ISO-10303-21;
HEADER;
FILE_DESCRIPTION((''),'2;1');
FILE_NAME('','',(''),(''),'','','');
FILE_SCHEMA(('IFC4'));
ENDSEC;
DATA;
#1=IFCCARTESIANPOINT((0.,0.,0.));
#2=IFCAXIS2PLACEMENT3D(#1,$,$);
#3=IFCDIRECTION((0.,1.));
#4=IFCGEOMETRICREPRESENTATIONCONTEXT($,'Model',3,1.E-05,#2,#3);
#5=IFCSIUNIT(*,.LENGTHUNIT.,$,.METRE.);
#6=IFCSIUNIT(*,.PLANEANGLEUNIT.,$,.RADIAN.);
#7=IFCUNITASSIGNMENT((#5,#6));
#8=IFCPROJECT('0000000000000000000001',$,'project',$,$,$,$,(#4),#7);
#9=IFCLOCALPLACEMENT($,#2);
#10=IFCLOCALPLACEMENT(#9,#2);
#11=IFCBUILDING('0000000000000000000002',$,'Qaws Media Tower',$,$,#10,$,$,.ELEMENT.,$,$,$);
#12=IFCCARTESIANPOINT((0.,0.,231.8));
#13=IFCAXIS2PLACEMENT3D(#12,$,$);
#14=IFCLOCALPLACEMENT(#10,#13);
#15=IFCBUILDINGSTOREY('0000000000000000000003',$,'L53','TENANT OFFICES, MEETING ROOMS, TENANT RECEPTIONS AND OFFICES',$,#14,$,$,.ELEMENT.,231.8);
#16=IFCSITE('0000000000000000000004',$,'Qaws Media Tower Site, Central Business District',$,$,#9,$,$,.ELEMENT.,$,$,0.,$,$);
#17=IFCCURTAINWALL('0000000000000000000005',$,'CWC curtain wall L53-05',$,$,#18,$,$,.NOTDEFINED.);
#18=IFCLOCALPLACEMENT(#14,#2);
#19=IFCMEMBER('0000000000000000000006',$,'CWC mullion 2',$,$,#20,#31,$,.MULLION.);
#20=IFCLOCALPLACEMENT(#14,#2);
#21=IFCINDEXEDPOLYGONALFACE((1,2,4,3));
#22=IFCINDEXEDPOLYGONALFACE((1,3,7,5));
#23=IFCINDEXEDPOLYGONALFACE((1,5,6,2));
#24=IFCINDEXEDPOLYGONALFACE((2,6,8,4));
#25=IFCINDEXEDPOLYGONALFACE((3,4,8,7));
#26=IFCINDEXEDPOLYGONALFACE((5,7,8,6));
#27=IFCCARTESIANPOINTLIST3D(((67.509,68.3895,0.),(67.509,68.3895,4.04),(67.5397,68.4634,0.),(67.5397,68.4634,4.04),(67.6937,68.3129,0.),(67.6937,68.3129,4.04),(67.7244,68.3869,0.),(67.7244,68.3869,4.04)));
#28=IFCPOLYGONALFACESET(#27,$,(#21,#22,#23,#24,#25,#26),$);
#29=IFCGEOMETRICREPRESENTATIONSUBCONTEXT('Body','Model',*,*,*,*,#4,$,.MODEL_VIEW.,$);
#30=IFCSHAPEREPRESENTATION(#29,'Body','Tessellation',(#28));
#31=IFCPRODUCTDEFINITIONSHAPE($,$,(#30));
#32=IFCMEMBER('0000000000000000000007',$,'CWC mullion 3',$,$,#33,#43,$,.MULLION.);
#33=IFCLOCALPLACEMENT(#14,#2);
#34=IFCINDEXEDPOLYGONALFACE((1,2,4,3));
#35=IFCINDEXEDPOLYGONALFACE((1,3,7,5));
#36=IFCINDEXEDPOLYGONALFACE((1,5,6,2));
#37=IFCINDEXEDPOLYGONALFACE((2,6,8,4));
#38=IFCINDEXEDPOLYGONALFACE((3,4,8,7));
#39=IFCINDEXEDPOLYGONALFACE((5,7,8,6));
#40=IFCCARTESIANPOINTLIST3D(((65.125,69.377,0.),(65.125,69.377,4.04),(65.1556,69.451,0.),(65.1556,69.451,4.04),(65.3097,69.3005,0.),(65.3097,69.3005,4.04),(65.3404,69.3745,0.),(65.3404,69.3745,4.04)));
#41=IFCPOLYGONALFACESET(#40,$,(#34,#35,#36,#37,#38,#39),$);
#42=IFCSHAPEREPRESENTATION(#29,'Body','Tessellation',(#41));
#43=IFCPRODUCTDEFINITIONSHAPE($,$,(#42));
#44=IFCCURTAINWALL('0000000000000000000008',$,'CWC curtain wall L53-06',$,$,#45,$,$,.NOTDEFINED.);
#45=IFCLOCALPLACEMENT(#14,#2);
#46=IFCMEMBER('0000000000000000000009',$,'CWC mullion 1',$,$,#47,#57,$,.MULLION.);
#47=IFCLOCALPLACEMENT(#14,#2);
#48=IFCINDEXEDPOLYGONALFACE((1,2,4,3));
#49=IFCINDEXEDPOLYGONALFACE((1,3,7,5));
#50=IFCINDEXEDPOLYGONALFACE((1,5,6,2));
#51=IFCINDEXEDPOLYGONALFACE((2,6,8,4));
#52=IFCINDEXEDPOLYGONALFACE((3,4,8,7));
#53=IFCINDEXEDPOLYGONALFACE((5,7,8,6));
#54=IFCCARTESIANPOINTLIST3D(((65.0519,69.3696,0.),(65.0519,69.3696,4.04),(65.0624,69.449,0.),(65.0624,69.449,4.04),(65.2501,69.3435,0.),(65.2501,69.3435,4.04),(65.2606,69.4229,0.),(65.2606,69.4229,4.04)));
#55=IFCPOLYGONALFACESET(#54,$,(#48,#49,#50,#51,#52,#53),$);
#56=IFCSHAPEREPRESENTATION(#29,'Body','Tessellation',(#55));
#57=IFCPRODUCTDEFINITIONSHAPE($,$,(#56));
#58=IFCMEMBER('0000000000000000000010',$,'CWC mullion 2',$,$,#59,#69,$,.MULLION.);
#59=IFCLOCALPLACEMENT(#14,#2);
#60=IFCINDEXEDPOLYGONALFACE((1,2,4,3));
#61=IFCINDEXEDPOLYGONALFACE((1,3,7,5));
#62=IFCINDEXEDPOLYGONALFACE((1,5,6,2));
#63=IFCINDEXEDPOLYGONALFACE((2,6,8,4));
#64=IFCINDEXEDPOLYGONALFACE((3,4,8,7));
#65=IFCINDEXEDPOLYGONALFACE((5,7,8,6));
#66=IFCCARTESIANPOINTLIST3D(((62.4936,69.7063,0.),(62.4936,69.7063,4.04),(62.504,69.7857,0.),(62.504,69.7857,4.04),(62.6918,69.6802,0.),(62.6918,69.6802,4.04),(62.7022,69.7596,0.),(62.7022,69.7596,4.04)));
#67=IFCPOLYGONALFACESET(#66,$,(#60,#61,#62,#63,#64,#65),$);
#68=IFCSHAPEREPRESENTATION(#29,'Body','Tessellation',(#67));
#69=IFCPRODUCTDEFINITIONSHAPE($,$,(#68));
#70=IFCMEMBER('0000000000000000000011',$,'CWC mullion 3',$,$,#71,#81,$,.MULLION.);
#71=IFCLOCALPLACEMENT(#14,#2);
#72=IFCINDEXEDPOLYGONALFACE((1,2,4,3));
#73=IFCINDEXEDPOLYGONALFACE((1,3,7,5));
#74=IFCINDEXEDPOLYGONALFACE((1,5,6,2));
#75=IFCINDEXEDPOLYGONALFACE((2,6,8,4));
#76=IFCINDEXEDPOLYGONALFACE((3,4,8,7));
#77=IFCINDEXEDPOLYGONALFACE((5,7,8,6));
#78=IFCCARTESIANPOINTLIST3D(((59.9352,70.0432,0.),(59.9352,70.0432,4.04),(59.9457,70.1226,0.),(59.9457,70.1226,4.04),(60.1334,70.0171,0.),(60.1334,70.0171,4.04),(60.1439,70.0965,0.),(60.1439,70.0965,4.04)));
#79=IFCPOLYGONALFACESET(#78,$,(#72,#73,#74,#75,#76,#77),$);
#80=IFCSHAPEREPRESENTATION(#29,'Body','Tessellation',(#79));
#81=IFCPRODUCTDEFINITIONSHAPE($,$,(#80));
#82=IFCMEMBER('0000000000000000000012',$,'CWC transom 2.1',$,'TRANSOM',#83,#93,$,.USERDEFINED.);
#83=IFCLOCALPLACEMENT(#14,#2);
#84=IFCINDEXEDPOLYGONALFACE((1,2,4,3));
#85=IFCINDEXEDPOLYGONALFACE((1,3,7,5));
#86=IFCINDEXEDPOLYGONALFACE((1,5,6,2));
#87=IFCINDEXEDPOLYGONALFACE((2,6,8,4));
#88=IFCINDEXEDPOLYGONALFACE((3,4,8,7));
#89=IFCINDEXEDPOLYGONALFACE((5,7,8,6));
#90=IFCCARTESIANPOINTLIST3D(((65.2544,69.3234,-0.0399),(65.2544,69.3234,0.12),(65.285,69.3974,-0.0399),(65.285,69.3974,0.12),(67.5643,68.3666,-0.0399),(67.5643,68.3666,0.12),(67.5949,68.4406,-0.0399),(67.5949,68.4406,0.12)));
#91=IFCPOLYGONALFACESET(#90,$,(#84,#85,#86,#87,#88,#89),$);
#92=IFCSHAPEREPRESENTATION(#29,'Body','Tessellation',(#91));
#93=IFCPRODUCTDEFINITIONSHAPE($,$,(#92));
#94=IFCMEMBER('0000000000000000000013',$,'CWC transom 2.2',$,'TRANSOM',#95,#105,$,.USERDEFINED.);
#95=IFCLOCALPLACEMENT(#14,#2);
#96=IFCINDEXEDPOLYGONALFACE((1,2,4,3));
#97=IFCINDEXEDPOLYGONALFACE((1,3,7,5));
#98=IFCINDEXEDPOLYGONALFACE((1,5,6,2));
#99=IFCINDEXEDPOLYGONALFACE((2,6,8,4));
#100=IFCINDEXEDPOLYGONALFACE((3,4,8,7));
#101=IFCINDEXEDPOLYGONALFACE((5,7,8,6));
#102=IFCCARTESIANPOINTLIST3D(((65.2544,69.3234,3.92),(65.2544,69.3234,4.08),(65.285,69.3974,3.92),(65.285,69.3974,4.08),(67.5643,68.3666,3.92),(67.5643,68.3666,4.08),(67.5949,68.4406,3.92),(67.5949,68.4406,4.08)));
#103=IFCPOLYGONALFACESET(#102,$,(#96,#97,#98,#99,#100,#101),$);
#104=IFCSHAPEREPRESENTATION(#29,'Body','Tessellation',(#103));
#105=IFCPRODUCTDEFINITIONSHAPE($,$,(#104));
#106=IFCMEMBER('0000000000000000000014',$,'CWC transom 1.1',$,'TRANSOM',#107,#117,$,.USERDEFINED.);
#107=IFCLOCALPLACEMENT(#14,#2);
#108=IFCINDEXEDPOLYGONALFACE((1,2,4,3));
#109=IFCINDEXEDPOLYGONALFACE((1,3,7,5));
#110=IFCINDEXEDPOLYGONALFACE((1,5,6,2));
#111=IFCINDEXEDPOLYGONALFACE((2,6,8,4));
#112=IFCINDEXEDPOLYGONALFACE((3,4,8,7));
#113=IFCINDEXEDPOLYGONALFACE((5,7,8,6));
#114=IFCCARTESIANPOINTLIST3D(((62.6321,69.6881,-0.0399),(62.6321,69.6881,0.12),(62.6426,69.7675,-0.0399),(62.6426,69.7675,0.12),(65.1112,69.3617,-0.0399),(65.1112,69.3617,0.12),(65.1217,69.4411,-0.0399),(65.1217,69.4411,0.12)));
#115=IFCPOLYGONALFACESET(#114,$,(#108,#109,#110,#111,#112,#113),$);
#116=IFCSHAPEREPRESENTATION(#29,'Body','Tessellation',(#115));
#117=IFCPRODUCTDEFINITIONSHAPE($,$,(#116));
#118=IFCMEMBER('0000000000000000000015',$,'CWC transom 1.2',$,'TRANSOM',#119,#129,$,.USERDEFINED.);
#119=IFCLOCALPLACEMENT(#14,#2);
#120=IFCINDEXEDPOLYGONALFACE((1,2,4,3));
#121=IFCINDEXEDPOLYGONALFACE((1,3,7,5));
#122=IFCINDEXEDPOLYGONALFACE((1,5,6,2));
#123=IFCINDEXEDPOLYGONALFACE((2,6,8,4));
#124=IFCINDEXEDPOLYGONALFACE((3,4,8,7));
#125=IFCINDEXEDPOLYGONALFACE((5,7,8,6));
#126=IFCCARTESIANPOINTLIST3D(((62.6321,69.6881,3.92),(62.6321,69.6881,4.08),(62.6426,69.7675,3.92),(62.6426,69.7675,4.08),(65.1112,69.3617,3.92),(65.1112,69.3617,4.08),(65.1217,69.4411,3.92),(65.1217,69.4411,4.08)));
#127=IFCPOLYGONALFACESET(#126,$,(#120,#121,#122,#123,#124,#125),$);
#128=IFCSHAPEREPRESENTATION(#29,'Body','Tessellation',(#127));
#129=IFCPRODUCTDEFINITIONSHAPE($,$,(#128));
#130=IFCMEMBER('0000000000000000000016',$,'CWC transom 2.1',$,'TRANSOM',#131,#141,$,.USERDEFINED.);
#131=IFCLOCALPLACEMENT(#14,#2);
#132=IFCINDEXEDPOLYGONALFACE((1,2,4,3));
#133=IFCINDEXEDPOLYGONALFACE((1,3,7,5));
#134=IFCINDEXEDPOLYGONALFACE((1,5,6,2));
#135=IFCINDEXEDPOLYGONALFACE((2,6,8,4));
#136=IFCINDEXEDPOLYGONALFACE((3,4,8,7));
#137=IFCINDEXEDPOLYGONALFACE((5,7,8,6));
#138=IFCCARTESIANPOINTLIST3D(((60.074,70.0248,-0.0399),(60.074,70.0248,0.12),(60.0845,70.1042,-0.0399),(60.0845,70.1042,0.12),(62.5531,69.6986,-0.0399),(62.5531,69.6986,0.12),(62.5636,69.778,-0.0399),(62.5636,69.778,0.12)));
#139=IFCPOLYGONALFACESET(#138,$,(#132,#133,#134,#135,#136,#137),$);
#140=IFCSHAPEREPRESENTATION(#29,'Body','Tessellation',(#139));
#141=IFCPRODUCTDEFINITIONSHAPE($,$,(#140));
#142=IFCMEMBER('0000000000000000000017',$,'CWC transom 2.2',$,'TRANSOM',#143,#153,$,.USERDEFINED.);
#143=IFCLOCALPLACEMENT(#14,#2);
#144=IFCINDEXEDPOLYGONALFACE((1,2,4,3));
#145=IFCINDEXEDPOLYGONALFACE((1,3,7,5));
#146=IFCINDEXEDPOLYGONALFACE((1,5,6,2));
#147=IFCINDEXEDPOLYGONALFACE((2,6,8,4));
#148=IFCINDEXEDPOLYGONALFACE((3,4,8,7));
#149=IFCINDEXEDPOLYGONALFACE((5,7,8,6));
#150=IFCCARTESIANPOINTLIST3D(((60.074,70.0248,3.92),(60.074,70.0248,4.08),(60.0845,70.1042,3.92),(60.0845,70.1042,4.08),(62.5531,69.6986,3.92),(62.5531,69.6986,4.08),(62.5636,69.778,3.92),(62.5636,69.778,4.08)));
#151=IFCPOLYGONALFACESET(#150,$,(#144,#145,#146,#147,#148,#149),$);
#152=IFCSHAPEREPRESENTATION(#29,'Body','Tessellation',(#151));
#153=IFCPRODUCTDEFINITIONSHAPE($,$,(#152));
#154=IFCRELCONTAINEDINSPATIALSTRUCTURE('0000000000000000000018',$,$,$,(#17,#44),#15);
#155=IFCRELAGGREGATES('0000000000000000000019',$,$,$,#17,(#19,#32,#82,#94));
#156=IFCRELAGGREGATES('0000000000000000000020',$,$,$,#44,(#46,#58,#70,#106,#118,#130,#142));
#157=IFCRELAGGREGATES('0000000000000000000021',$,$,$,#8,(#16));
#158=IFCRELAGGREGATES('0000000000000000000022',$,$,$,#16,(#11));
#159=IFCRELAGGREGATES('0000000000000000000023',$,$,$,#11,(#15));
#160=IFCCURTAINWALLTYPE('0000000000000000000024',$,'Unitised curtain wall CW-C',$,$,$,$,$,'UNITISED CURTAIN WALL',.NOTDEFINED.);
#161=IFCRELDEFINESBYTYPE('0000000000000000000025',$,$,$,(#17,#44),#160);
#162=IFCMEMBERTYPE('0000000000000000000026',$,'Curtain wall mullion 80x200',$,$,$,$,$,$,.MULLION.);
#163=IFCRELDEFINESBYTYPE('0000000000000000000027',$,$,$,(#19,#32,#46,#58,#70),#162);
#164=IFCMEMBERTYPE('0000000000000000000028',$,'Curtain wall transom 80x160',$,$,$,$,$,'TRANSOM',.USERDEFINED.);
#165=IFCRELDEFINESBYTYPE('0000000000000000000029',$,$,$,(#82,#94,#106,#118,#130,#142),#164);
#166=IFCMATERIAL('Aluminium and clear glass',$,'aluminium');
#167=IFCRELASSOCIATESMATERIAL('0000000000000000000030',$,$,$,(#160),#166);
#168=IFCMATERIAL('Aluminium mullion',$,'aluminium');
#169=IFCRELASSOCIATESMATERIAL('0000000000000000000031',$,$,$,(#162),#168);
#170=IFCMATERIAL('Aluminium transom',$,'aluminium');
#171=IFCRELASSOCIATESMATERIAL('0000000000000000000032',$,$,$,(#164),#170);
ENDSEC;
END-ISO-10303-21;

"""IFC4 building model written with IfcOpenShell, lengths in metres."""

from ifc_helpers import new_model, si_unit, direction, frame, origin, origin_2d, place, context, subcontext, project, spatial, rectangle, extrude, material, material_profile, profile_set, type_object, element, aggregate, save


model = new_model("IFC4")

# Units and contexts
model_context = context("Model", 3, precision=1e-05, world=origin(), true_north=direction((0.0, 1.0)))
body_context = subcontext(model_context, "Body", "Model", "MODEL_VIEW")
ifc_project = project(units=[si_unit("LENGTHUNIT", "METRE"), si_unit("PLANEANGLEUNIT", "RADIAN")], contexts=[model_context])

# Site, building, storey
site_placement = place(None, origin())
site = spatial("IfcSite", under=ifc_project, at=site_placement, Name="Qaws Media Tower Site, Central Business District", CompositionType="ELEMENT", RefElevation=0.0)
building_placement = place(site_placement, origin())
building = spatial("IfcBuilding", under=site, at=building_placement, Name="Qaws Media Tower", CompositionType="ELEMENT")
storey_placement = place(building_placement, frame((0.0, 0.0, 231.8)))
storey = spatial("IfcBuildingStorey", under=building, at=storey_placement, Name="L53", Description="TENANT OFFICES, MEETING ROOMS, TENANT RECEPTIONS AND OFFICES", CompositionType="ELEMENT", Elevation=231.8)

# Curtain walls, members
ifc_material_1 = material(Name="Aluminium and clear glass", Category="aluminium")
curtain_wall_type = type_object("IfcCurtainWallType", Name="Unitised curtain wall CW-C", ElementType="UNITISED CURTAIN WALL", PredefinedType="NOTDEFINED", material=ifc_material_1)
curtain_wall_1_placement = place(storey_placement, origin())
curtain_wall_1 = element("IfcCurtainWall", 1, at=curtain_wall_1_placement, inside=storey, type_object=curtain_wall_type, Name="CWC curtain wall L53-05", PredefinedType="NOTDEFINED")
ifc_material_2 = material(Name="Aluminium mullion", Category="aluminium")
ifc_material_profile_1 = material_profile(ifc_material_2, rectangle(XDim=0.0801, YDim=0.2, at=origin_2d()), Name="80x200")
ifc_profile_set_1 = profile_set([ifc_material_profile_1], Name="Aluminium mullion")
member_type_1 = type_object("IfcMemberType", Name="Curtain wall mullion 80x200", PredefinedType="MULLION", material=ifc_profile_set_1)
member_1_placement = place(storey_placement, frame((67.6167, 68.3882, 0.0), z_axis=(0.0, 0.0, 1.0), x_axis=(-0.382683, -0.92388, 0.0)))
member_1 = element("IfcMember", 2, at=member_1_placement, type_object=member_type_1, Name="CWC mullion 2", PredefinedType="MULLION", context=body_context, shape_type="SweptSolid", body=[
    extrude(rectangle(XDim=0.0801, YDim=0.2, at=origin_2d()), origin(), (0.0, 0.0, 1.0), 4.04),
])
member_2_placement = place(storey_placement, frame((65.2327, 69.3757, 0.0), z_axis=(0.0, 0.0, 1.0), x_axis=(-0.382683, -0.92388, 0.0)))
member_2 = element("IfcMember", 3, at=member_2_placement, type_object=member_type_1, Name="CWC mullion 3", PredefinedType="MULLION", context=body_context, shape_type="SweptSolid", body=[
    extrude(rectangle(XDim=0.0801, YDim=0.2, at=origin_2d()), origin(), (0.0, 0.0, 1.0), 4.04),
])
curtain_wall_2_placement = place(storey_placement, origin())
curtain_wall_2 = element("IfcCurtainWall", 4, at=curtain_wall_2_placement, inside=storey, type_object=curtain_wall_type, Name="CWC curtain wall L53-06", PredefinedType="NOTDEFINED")
member_3_placement = place(storey_placement, frame((65.1562, 69.3962, 0.0), z_axis=(0.0, 0.0, 1.0), x_axis=(-0.130526, -0.991445, 0.0)))
member_3 = element("IfcMember", 5, at=member_3_placement, type_object=member_type_1, Name="CWC mullion 1", PredefinedType="MULLION", context=body_context, shape_type="SweptSolid", body=[
    extrude(rectangle(XDim=0.0801, YDim=0.2, at=origin_2d()), origin(), (0.0, 0.0, 1.0), 4.04),
])
member_4_placement = place(storey_placement, frame((62.5979, 69.7329, 0.0), z_axis=(0.0, 0.0, 1.0), x_axis=(-0.130526, -0.991445, 0.0)))
member_4 = element("IfcMember", 6, at=member_4_placement, type_object=member_type_1, Name="CWC mullion 2", PredefinedType="MULLION", context=body_context, shape_type="SweptSolid", body=[
    extrude(rectangle(XDim=0.0801, YDim=0.2, at=origin_2d()), origin(), (0.0, 0.0, 1.0), 4.04),
])
member_5_placement = place(storey_placement, frame((60.0396, 70.0698, 0.0), z_axis=(0.0, 0.0, 1.0), x_axis=(-0.130526, -0.991445, 0.0)))
member_5 = element("IfcMember", 7, at=member_5_placement, type_object=member_type_1, Name="CWC mullion 3", PredefinedType="MULLION", context=body_context, shape_type="SweptSolid", body=[
    extrude(rectangle(XDim=0.0801, YDim=0.2, at=origin_2d()), origin(), (0.0, 0.0, 1.0), 4.04),
])

# Members
ifc_material_3 = material(Name="Aluminium transom", Category="aluminium")
ifc_material_profile_2 = material_profile(ifc_material_3, rectangle(XDim=0.0801, YDim=0.1599, at=origin_2d()), Name="80x160")
ifc_profile_set_2 = profile_set([ifc_material_profile_2], Name="Aluminium transom")
member_type_2 = type_object("IfcMemberType", Name="Curtain wall transom 80x160", ElementType="TRANSOM", PredefinedType="USERDEFINED", material=ifc_profile_set_2)
member_6_placement = place(storey_placement, frame((67.5796, 68.4036, 0.04), z_axis=(-0.923875, 0.382694, 0.0), x_axis=(-0.382694, -0.923875, 0.0)))
member_6 = element("IfcMember", 8, at=member_6_placement, type_object=member_type_2, Name="CWC transom 2.1", ObjectType="TRANSOM", PredefinedType="USERDEFINED", context=body_context, shape_type="SweptSolid", body=[
    extrude(rectangle(XDim=0.0801, YDim=0.1599, at=origin_2d()), origin(), (0.0, 0.0, 1.0), 2.5002),
])
member_7_placement = place(storey_placement, frame((67.5796, 68.4036, 4.0), z_axis=(-0.923875, 0.382694, 0.0), x_axis=(-0.382694, -0.923875, 0.0)))
member_7 = element("IfcMember", 9, at=member_7_placement, type_object=member_type_2, Name="CWC transom 2.2", ObjectType="TRANSOM", PredefinedType="USERDEFINED", context=body_context, shape_type="SweptSolid", body=[
    extrude(rectangle(XDim=0.0801, YDim=0.1599, at=origin_2d()), origin(), (0.0, 0.0, 1.0), 2.5002),
])
member_8_placement = place(storey_placement, frame((65.1165, 69.4014, 0.04), z_axis=(-0.991442, 0.130545, 0.0), x_axis=(-0.130545, -0.991442, 0.0)))
member_8 = element("IfcMember", 10, at=member_8_placement, type_object=member_type_2, Name="CWC transom 1.1", ObjectType="TRANSOM", PredefinedType="USERDEFINED", context=body_context, shape_type="SweptSolid", body=[
    extrude(rectangle(XDim=0.0801, YDim=0.1599, at=origin_2d()), origin(), (0.0, 0.0, 1.0), 2.5005),
])
member_9_placement = place(storey_placement, frame((65.1165, 69.4014, 4.0), z_axis=(-0.991442, 0.130545, 0.0), x_axis=(-0.130545, -0.991442, 0.0)))
member_9 = element("IfcMember", 11, at=member_9_placement, type_object=member_type_2, Name="CWC transom 1.2", ObjectType="TRANSOM", PredefinedType="USERDEFINED", context=body_context, shape_type="SweptSolid", body=[
    extrude(rectangle(XDim=0.0801, YDim=0.1599, at=origin_2d()), origin(), (0.0, 0.0, 1.0), 2.5005),
])
member_10_placement = place(storey_placement, frame((62.5583, 69.7383, 0.04), z_axis=(-0.991455, 0.130449, 0.0), x_axis=(-0.130449, -0.991455, 0.0)))
member_10 = element("IfcMember", 12, at=member_10_placement, type_object=member_type_2, Name="CWC transom 2.1", ObjectType="TRANSOM", PredefinedType="USERDEFINED", context=body_context, shape_type="SweptSolid", body=[
    extrude(rectangle(XDim=0.0801, YDim=0.1599, at=origin_2d()), origin(), (0.0, 0.0, 1.0), 2.5005),
])
member_11_placement = place(storey_placement, frame((62.5583, 69.7383, 4.0), z_axis=(-0.991455, 0.130449, 0.0), x_axis=(-0.130449, -0.991455, 0.0)))
member_11 = element("IfcMember", 13, at=member_11_placement, type_object=member_type_2, Name="CWC transom 2.2", ObjectType="TRANSOM", PredefinedType="USERDEFINED", context=body_context, shape_type="SweptSolid", body=[
    extrude(rectangle(XDim=0.0801, YDim=0.1599, at=origin_2d()), origin(), (0.0, 0.0, 1.0), 2.5005),
])

aggregate(curtain_wall_1, [member_1, member_2, member_6, member_7])
aggregate(curtain_wall_2, [member_3, member_4, member_5, member_8, member_9, member_10, member_11])

save(model, "model.ifc")
